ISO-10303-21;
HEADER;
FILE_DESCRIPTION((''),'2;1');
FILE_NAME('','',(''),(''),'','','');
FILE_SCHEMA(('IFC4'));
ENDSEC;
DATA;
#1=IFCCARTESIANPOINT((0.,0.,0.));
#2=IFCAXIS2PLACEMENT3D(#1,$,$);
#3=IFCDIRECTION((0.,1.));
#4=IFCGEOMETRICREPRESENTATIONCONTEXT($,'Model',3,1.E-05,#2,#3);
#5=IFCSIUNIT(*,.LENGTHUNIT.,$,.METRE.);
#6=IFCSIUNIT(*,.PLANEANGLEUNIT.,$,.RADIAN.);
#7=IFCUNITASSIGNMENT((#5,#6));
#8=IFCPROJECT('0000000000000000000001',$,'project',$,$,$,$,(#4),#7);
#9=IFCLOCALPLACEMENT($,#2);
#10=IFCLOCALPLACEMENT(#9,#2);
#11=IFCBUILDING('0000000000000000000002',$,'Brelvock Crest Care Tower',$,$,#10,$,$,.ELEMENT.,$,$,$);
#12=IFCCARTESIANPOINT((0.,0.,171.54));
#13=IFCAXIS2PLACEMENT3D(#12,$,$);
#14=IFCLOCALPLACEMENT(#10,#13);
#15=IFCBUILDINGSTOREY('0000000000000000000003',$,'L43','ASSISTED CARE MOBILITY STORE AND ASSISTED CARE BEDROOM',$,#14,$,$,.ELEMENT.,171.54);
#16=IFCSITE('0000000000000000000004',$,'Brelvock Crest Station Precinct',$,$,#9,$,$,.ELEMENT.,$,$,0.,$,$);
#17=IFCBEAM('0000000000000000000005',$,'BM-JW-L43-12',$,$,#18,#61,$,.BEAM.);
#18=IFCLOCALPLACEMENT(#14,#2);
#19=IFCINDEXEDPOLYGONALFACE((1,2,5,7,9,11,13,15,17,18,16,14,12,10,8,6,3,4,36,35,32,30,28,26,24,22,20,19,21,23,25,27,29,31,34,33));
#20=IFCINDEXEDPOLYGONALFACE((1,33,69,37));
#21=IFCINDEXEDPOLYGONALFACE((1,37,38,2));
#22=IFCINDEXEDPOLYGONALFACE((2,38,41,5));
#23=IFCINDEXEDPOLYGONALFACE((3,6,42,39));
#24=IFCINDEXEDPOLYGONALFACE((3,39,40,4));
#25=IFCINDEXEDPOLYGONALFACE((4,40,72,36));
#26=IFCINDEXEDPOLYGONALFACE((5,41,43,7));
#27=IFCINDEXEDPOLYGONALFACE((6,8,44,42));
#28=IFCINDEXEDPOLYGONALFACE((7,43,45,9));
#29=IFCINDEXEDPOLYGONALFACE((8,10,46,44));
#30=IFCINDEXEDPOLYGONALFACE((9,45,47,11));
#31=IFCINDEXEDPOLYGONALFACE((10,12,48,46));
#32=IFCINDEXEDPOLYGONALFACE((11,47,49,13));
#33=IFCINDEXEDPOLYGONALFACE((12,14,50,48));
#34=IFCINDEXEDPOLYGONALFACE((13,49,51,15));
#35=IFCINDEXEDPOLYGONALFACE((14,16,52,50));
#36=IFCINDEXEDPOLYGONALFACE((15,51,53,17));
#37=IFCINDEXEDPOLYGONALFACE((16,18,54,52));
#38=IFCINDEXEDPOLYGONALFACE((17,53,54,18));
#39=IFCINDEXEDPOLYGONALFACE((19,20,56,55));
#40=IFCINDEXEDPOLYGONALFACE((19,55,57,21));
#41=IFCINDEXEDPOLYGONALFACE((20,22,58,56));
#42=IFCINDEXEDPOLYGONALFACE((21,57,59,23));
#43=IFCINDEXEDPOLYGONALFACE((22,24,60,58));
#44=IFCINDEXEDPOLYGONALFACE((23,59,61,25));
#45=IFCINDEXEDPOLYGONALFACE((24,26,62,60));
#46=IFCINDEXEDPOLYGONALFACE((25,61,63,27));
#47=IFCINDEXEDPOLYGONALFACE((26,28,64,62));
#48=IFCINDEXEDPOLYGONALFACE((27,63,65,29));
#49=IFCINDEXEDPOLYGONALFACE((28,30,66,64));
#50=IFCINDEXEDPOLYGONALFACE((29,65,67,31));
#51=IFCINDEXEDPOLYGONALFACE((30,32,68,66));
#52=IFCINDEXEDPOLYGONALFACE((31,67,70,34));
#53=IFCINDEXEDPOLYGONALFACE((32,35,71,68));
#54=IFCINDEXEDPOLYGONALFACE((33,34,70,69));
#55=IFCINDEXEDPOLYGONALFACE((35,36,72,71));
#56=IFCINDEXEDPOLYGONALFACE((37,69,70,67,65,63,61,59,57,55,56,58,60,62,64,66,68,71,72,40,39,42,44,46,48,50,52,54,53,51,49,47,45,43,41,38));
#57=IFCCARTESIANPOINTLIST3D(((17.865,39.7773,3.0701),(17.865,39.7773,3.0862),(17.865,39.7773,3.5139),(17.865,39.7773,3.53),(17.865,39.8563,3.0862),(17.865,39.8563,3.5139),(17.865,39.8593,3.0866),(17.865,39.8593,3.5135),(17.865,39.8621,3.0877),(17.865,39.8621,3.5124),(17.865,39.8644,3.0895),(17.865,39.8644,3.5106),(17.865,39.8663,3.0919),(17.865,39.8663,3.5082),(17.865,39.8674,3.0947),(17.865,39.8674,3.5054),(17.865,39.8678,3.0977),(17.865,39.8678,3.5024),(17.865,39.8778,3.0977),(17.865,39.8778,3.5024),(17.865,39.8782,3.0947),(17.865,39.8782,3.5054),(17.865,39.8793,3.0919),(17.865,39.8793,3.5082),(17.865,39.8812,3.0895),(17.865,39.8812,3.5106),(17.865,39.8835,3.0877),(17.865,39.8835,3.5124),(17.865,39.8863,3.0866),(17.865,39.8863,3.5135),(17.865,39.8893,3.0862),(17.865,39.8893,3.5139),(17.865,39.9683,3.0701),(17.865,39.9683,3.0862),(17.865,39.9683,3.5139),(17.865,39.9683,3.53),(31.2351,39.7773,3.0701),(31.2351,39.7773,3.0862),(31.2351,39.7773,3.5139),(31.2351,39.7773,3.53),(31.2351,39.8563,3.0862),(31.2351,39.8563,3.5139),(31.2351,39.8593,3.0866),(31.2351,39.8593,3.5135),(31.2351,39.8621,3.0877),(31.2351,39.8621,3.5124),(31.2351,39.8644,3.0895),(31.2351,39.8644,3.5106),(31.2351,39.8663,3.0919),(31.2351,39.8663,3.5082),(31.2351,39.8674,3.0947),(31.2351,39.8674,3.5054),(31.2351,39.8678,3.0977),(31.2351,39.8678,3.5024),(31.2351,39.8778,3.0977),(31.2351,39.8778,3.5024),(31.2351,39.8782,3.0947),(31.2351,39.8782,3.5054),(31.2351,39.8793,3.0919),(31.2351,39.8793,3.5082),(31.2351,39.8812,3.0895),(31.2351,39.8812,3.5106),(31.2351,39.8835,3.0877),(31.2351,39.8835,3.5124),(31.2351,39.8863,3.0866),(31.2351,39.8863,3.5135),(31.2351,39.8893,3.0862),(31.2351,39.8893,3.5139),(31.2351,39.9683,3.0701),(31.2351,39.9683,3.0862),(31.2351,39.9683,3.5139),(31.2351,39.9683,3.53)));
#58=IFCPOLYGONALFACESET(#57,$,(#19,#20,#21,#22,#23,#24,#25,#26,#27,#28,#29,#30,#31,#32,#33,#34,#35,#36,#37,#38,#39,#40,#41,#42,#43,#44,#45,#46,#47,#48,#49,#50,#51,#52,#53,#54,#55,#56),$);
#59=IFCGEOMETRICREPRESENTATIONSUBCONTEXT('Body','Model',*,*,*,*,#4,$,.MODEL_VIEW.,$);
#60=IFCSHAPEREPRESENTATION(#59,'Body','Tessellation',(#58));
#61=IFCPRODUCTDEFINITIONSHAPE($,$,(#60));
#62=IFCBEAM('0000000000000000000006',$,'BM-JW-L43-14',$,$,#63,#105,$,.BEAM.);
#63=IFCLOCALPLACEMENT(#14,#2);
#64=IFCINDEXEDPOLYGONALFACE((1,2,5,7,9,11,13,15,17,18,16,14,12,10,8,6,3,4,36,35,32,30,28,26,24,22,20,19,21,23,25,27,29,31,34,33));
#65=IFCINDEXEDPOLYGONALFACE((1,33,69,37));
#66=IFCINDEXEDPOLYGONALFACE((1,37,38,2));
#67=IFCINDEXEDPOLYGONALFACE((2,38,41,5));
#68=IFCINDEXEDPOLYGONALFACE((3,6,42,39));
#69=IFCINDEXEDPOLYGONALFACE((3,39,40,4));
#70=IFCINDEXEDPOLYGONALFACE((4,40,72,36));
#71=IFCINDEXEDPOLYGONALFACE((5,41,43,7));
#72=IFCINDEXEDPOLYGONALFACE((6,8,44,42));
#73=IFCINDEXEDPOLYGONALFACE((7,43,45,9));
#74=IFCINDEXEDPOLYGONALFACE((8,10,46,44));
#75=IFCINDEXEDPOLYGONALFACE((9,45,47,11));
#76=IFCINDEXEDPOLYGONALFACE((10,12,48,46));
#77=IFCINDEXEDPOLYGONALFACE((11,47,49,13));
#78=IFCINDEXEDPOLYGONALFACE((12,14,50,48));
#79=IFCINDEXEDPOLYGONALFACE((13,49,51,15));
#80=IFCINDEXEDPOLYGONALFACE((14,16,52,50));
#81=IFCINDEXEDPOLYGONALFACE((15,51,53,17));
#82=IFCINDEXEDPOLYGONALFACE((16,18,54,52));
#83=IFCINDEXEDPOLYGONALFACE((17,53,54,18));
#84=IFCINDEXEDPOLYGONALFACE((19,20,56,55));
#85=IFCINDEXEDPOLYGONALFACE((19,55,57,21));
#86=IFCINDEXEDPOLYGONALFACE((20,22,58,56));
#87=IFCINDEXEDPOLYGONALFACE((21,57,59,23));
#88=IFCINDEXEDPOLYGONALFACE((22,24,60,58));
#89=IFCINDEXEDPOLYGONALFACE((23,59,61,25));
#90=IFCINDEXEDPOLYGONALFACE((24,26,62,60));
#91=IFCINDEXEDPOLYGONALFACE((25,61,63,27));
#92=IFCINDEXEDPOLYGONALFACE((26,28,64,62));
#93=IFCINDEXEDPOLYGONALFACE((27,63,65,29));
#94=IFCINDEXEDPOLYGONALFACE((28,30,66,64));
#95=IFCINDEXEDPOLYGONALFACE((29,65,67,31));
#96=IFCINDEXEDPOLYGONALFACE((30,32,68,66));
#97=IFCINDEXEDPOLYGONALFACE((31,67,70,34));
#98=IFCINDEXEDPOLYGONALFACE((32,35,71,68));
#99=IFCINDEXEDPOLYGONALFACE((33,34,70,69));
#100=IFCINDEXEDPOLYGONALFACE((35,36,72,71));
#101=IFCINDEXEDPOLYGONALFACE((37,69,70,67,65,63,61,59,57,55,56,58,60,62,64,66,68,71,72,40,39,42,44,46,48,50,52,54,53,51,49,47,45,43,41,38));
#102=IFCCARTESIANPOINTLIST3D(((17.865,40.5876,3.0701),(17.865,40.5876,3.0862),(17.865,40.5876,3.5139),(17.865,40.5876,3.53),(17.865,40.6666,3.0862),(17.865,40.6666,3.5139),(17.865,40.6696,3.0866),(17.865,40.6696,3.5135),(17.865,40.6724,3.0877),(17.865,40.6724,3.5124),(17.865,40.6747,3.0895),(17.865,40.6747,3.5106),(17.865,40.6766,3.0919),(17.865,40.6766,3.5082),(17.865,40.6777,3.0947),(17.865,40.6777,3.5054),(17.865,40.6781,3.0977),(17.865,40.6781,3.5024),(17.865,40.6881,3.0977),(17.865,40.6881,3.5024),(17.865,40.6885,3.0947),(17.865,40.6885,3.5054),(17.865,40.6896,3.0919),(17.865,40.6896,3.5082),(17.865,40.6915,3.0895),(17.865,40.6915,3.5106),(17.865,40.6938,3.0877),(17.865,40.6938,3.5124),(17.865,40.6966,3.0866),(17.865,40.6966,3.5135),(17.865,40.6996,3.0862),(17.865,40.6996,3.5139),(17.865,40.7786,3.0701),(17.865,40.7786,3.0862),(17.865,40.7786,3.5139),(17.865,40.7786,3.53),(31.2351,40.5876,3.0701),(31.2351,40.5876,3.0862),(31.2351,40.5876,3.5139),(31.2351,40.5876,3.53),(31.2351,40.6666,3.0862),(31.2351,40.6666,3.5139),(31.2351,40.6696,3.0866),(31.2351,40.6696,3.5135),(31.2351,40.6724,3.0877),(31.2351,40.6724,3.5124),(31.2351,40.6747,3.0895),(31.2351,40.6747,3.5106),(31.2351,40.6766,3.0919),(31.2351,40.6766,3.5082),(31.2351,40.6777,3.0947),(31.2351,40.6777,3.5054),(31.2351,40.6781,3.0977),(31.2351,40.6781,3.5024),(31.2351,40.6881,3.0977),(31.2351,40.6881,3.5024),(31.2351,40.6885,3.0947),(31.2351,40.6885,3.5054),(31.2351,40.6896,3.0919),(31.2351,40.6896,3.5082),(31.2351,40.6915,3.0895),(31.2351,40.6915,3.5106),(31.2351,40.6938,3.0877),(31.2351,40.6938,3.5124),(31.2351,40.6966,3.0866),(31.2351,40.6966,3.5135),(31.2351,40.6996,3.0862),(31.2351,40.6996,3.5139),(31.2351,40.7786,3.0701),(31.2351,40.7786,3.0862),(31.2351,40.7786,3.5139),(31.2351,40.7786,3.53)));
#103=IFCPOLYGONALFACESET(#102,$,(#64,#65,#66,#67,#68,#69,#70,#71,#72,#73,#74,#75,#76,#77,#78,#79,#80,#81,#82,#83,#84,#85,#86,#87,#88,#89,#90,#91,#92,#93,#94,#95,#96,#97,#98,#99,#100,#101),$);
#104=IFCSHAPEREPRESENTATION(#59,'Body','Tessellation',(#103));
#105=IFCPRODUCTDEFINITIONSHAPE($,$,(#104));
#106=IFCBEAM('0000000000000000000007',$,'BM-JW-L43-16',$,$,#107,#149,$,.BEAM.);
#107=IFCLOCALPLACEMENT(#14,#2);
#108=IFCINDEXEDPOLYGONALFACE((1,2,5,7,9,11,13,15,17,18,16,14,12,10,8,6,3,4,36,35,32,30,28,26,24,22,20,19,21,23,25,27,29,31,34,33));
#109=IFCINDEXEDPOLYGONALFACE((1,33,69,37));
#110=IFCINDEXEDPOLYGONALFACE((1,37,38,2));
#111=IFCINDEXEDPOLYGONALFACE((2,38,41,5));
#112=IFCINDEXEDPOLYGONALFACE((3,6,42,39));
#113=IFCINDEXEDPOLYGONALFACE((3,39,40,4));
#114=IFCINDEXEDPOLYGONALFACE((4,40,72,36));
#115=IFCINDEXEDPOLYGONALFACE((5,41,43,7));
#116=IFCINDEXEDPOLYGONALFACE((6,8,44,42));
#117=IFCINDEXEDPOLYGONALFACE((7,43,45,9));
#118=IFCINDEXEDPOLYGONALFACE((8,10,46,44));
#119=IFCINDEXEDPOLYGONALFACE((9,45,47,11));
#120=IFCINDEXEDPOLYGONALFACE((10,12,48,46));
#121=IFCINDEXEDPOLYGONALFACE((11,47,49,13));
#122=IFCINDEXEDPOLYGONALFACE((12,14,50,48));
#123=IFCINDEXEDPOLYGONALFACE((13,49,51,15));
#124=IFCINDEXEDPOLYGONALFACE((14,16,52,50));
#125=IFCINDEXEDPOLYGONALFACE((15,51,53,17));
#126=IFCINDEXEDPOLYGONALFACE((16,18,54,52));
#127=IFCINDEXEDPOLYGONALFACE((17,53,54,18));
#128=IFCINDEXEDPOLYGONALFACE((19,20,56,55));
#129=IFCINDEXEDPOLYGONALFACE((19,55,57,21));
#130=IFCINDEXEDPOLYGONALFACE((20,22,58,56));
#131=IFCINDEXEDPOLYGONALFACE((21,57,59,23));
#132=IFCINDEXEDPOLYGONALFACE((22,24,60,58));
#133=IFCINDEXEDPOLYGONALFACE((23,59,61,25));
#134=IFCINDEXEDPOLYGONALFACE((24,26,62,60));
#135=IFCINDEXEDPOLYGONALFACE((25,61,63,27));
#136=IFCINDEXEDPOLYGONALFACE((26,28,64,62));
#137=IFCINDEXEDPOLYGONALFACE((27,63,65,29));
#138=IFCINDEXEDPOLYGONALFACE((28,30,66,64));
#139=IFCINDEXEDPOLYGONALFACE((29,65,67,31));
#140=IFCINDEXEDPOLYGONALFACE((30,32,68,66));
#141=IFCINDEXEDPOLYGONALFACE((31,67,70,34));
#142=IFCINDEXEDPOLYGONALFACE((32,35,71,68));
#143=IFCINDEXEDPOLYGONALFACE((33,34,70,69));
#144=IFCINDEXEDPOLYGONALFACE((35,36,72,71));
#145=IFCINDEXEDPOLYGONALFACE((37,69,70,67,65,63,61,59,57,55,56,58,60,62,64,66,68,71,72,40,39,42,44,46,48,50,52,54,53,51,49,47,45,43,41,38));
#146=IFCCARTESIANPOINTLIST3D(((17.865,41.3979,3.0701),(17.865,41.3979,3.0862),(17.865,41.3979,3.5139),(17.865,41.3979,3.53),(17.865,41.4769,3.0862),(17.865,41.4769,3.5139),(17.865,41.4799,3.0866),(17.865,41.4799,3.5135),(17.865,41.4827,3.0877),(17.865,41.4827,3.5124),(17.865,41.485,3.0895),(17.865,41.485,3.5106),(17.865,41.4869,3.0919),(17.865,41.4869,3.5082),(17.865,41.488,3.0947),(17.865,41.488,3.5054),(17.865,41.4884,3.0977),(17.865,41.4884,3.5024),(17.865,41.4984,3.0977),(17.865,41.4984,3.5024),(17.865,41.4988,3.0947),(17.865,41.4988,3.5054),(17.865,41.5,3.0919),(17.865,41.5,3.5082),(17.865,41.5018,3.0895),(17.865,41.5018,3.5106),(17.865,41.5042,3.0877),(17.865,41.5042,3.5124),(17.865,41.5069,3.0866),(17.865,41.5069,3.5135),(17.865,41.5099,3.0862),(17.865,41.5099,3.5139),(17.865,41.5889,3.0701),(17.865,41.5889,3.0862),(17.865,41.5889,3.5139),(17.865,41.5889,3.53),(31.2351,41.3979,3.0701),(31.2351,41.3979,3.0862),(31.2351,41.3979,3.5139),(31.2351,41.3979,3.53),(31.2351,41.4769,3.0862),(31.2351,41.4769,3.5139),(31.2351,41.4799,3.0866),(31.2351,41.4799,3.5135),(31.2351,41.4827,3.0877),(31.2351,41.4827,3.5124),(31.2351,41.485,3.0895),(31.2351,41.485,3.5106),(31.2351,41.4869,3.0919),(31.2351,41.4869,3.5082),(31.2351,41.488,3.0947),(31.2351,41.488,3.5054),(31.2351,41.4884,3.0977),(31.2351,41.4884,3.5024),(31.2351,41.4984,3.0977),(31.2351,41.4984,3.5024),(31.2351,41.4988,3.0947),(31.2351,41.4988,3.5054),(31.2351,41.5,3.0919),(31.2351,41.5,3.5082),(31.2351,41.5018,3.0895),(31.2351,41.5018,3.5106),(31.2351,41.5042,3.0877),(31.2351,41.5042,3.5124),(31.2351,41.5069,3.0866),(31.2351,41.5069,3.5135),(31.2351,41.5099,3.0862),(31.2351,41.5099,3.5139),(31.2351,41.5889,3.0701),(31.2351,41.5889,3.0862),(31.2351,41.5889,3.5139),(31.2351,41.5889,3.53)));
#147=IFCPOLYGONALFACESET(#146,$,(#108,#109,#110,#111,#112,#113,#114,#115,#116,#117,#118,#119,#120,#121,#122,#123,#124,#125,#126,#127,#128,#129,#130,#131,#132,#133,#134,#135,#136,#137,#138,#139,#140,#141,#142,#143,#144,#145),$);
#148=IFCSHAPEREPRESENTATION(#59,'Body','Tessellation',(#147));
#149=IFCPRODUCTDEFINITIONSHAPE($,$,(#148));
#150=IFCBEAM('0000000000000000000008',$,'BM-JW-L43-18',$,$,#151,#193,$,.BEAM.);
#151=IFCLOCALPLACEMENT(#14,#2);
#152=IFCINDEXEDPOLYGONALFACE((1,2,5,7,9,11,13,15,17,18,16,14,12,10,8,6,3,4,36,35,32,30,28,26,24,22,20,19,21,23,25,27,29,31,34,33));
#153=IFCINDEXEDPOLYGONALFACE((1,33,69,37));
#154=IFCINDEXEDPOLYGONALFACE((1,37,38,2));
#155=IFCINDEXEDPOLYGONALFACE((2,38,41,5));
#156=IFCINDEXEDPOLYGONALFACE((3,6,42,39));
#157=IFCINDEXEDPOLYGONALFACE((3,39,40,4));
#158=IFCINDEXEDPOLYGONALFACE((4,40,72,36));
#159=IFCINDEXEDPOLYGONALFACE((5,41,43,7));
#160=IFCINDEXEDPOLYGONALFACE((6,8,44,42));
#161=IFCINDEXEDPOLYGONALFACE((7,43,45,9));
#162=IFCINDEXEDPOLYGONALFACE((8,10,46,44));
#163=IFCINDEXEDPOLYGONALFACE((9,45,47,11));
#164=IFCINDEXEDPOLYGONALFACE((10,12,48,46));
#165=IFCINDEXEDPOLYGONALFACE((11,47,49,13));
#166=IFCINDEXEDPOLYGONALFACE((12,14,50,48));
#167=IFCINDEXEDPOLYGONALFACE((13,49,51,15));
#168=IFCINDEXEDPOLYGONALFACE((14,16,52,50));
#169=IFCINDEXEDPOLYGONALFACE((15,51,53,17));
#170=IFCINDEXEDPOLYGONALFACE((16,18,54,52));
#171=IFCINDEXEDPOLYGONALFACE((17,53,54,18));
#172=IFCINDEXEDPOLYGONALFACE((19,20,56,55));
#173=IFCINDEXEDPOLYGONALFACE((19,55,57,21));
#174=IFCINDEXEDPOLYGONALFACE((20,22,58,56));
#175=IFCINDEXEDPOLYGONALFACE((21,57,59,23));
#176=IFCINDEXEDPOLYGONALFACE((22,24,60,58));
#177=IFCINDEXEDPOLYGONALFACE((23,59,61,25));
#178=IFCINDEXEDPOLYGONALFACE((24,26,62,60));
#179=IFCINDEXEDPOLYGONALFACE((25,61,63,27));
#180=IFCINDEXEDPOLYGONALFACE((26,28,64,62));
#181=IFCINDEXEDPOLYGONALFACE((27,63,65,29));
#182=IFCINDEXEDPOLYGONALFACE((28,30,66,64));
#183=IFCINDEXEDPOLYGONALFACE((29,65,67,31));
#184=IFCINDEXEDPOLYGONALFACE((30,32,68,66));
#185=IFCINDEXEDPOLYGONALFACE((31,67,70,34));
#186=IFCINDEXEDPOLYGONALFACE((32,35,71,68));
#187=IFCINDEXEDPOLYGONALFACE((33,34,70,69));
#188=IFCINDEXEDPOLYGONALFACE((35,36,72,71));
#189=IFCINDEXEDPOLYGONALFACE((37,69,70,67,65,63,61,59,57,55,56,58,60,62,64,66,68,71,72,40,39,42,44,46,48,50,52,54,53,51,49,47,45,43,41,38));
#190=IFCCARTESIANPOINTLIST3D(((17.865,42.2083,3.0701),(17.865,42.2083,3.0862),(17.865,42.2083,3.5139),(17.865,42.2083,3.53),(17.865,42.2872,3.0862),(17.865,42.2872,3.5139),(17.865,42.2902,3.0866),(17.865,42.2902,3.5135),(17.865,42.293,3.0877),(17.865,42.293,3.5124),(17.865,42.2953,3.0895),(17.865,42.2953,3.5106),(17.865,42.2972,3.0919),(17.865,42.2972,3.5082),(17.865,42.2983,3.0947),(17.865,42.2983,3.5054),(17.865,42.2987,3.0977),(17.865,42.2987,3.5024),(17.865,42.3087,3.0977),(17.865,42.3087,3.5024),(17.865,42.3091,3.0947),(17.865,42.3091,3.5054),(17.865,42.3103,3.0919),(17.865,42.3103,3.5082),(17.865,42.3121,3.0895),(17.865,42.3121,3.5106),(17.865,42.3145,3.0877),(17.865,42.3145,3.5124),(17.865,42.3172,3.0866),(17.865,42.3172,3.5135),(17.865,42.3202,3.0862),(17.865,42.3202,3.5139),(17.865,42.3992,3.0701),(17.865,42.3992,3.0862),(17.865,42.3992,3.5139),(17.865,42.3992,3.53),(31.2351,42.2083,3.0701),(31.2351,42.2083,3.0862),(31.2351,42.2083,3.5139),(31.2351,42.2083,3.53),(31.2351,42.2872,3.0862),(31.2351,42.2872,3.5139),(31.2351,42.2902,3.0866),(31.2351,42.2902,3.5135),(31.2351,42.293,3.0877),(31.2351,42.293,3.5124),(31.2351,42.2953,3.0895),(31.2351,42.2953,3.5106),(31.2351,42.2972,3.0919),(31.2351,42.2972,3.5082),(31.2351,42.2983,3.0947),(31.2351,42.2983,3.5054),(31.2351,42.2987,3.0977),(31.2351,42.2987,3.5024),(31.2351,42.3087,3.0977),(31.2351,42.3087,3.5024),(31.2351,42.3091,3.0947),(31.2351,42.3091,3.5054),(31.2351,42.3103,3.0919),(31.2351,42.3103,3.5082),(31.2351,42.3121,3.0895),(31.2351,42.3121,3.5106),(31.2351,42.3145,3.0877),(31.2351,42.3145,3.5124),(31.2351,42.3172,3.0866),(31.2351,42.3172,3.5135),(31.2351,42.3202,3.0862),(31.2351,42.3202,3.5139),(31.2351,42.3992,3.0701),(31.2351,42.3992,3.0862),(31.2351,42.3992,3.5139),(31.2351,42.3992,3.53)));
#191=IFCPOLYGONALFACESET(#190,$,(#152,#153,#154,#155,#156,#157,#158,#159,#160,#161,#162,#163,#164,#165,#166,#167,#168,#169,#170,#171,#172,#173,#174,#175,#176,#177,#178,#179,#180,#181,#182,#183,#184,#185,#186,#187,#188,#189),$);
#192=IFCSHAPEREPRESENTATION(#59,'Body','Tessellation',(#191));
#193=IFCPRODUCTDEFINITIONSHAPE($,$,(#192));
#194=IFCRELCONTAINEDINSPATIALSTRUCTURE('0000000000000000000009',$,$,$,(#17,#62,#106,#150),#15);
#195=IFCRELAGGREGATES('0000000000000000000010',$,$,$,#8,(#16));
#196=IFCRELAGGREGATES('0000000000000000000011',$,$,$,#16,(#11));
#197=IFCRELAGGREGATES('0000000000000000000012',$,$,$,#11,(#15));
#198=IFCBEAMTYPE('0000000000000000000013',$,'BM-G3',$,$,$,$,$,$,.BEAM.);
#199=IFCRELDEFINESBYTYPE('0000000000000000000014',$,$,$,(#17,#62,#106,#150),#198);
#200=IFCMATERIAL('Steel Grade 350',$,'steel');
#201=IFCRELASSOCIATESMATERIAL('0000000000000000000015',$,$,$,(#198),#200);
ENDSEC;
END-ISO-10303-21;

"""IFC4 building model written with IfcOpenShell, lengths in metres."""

from ifc_helpers import new_model, si_unit, direction, frame, origin, origin_2d, place, context, subcontext, project, spatial, i_section, extrude, source, transform, mapped, material, material_profile, profile_set, type_object, element, save


model = new_model("IFC4")

# Units and contexts
model_context = context("Model", 3, precision=1e-05, world=origin(), true_north=direction((0.0, 1.0)))
body_context = subcontext(model_context, "Body", "Model", "MODEL_VIEW")
ifc_project = project(units=[si_unit("LENGTHUNIT", "METRE"), si_unit("PLANEANGLEUNIT", "RADIAN")], contexts=[model_context])

# Site, building, storey
site_placement = place(None, origin())
site = spatial("IfcSite", under=ifc_project, at=site_placement, Name="Brelvock Crest Station Precinct", CompositionType="ELEMENT", RefElevation=0.0)
building_placement = place(site_placement, origin())
building = spatial("IfcBuilding", under=site, at=building_placement, Name="Brelvock Crest Care Tower", CompositionType="ELEMENT")
storey_placement = place(building_placement, frame((0.0, 0.0, 171.54)))
storey = spatial("IfcBuildingStorey", under=building, at=storey_placement, Name="L43", Description="ASSISTED CARE MOBILITY STORE AND ASSISTED CARE BEDROOM", CompositionType="ELEMENT", Elevation=171.54)

# Shared definitions
ifc_material_1 = material(Name="Steel Grade 350", Category="steel")

# Beams
ifc_material_profile_1 = material_profile(ifc_material_1, i_section(OverallWidth=0.1909, OverallDepth=0.46, WebThickness=0.01, FlangeThickness=0.0161, FilletRadius=0.0115, at=origin_2d()), Name="460UB82.1")
ifc_profile_set_1 = profile_set([ifc_material_profile_1], Name="Steel Grade 350")
beam_type_1 = type_object("IfcBeamType", Name="BM-G3", PredefinedType="BEAM", material=ifc_profile_set_1)
shared_shape_1 = source(origin(), body_context, "Body", "SweptSolid", [
    extrude(i_section(OverallWidth=0.1909, OverallDepth=0.46, WebThickness=0.01, FlangeThickness=0.0161, FilletRadius=0.0115, at=origin_2d()), origin(), (0.0, 0.0, 1.0), 13.3701),
])
for number, where, z_axis, x_axis, name in (
    (1, (17.865, 39.8728, 3.3), (1.0, 0.0, 0.0), (0.0, 1.0, 0.0), "BM-JW-L43-12"),
    (2, (17.865, 40.6831, 3.3), (1.0, 0.0, 0.0), (0.0, 1.0, 0.0), "BM-JW-L43-14"),
    (3, (17.865, 41.4934, 3.3), (1.0, 0.0, 0.0), (0.0, 1.0, 0.0), "BM-JW-L43-16"),
    (4, (17.865, 42.3037, 3.3), (1.0, 0.0, 0.0), (0.0, 1.0, 0.0), "BM-JW-L43-18"),
):
    element("IfcBeam", number, at=place(storey_placement, frame(where, z_axis=z_axis, x_axis=x_axis)), inside=storey, type_object=beam_type_1, Name=name, PredefinedType="BEAM", context=body_context, shape_type="MappedRepresentation", body=[
        mapped(shared_shape_1, transform((0.0, 0.0, 0.0), x_axis=(1.0, 0.0, 0.0), y_axis=(0.0, 1.0, 0.0), z_axis=(0.0, 0.0, 1.0), scale=1.0)),
    ])

save(model, "model.ifc")
